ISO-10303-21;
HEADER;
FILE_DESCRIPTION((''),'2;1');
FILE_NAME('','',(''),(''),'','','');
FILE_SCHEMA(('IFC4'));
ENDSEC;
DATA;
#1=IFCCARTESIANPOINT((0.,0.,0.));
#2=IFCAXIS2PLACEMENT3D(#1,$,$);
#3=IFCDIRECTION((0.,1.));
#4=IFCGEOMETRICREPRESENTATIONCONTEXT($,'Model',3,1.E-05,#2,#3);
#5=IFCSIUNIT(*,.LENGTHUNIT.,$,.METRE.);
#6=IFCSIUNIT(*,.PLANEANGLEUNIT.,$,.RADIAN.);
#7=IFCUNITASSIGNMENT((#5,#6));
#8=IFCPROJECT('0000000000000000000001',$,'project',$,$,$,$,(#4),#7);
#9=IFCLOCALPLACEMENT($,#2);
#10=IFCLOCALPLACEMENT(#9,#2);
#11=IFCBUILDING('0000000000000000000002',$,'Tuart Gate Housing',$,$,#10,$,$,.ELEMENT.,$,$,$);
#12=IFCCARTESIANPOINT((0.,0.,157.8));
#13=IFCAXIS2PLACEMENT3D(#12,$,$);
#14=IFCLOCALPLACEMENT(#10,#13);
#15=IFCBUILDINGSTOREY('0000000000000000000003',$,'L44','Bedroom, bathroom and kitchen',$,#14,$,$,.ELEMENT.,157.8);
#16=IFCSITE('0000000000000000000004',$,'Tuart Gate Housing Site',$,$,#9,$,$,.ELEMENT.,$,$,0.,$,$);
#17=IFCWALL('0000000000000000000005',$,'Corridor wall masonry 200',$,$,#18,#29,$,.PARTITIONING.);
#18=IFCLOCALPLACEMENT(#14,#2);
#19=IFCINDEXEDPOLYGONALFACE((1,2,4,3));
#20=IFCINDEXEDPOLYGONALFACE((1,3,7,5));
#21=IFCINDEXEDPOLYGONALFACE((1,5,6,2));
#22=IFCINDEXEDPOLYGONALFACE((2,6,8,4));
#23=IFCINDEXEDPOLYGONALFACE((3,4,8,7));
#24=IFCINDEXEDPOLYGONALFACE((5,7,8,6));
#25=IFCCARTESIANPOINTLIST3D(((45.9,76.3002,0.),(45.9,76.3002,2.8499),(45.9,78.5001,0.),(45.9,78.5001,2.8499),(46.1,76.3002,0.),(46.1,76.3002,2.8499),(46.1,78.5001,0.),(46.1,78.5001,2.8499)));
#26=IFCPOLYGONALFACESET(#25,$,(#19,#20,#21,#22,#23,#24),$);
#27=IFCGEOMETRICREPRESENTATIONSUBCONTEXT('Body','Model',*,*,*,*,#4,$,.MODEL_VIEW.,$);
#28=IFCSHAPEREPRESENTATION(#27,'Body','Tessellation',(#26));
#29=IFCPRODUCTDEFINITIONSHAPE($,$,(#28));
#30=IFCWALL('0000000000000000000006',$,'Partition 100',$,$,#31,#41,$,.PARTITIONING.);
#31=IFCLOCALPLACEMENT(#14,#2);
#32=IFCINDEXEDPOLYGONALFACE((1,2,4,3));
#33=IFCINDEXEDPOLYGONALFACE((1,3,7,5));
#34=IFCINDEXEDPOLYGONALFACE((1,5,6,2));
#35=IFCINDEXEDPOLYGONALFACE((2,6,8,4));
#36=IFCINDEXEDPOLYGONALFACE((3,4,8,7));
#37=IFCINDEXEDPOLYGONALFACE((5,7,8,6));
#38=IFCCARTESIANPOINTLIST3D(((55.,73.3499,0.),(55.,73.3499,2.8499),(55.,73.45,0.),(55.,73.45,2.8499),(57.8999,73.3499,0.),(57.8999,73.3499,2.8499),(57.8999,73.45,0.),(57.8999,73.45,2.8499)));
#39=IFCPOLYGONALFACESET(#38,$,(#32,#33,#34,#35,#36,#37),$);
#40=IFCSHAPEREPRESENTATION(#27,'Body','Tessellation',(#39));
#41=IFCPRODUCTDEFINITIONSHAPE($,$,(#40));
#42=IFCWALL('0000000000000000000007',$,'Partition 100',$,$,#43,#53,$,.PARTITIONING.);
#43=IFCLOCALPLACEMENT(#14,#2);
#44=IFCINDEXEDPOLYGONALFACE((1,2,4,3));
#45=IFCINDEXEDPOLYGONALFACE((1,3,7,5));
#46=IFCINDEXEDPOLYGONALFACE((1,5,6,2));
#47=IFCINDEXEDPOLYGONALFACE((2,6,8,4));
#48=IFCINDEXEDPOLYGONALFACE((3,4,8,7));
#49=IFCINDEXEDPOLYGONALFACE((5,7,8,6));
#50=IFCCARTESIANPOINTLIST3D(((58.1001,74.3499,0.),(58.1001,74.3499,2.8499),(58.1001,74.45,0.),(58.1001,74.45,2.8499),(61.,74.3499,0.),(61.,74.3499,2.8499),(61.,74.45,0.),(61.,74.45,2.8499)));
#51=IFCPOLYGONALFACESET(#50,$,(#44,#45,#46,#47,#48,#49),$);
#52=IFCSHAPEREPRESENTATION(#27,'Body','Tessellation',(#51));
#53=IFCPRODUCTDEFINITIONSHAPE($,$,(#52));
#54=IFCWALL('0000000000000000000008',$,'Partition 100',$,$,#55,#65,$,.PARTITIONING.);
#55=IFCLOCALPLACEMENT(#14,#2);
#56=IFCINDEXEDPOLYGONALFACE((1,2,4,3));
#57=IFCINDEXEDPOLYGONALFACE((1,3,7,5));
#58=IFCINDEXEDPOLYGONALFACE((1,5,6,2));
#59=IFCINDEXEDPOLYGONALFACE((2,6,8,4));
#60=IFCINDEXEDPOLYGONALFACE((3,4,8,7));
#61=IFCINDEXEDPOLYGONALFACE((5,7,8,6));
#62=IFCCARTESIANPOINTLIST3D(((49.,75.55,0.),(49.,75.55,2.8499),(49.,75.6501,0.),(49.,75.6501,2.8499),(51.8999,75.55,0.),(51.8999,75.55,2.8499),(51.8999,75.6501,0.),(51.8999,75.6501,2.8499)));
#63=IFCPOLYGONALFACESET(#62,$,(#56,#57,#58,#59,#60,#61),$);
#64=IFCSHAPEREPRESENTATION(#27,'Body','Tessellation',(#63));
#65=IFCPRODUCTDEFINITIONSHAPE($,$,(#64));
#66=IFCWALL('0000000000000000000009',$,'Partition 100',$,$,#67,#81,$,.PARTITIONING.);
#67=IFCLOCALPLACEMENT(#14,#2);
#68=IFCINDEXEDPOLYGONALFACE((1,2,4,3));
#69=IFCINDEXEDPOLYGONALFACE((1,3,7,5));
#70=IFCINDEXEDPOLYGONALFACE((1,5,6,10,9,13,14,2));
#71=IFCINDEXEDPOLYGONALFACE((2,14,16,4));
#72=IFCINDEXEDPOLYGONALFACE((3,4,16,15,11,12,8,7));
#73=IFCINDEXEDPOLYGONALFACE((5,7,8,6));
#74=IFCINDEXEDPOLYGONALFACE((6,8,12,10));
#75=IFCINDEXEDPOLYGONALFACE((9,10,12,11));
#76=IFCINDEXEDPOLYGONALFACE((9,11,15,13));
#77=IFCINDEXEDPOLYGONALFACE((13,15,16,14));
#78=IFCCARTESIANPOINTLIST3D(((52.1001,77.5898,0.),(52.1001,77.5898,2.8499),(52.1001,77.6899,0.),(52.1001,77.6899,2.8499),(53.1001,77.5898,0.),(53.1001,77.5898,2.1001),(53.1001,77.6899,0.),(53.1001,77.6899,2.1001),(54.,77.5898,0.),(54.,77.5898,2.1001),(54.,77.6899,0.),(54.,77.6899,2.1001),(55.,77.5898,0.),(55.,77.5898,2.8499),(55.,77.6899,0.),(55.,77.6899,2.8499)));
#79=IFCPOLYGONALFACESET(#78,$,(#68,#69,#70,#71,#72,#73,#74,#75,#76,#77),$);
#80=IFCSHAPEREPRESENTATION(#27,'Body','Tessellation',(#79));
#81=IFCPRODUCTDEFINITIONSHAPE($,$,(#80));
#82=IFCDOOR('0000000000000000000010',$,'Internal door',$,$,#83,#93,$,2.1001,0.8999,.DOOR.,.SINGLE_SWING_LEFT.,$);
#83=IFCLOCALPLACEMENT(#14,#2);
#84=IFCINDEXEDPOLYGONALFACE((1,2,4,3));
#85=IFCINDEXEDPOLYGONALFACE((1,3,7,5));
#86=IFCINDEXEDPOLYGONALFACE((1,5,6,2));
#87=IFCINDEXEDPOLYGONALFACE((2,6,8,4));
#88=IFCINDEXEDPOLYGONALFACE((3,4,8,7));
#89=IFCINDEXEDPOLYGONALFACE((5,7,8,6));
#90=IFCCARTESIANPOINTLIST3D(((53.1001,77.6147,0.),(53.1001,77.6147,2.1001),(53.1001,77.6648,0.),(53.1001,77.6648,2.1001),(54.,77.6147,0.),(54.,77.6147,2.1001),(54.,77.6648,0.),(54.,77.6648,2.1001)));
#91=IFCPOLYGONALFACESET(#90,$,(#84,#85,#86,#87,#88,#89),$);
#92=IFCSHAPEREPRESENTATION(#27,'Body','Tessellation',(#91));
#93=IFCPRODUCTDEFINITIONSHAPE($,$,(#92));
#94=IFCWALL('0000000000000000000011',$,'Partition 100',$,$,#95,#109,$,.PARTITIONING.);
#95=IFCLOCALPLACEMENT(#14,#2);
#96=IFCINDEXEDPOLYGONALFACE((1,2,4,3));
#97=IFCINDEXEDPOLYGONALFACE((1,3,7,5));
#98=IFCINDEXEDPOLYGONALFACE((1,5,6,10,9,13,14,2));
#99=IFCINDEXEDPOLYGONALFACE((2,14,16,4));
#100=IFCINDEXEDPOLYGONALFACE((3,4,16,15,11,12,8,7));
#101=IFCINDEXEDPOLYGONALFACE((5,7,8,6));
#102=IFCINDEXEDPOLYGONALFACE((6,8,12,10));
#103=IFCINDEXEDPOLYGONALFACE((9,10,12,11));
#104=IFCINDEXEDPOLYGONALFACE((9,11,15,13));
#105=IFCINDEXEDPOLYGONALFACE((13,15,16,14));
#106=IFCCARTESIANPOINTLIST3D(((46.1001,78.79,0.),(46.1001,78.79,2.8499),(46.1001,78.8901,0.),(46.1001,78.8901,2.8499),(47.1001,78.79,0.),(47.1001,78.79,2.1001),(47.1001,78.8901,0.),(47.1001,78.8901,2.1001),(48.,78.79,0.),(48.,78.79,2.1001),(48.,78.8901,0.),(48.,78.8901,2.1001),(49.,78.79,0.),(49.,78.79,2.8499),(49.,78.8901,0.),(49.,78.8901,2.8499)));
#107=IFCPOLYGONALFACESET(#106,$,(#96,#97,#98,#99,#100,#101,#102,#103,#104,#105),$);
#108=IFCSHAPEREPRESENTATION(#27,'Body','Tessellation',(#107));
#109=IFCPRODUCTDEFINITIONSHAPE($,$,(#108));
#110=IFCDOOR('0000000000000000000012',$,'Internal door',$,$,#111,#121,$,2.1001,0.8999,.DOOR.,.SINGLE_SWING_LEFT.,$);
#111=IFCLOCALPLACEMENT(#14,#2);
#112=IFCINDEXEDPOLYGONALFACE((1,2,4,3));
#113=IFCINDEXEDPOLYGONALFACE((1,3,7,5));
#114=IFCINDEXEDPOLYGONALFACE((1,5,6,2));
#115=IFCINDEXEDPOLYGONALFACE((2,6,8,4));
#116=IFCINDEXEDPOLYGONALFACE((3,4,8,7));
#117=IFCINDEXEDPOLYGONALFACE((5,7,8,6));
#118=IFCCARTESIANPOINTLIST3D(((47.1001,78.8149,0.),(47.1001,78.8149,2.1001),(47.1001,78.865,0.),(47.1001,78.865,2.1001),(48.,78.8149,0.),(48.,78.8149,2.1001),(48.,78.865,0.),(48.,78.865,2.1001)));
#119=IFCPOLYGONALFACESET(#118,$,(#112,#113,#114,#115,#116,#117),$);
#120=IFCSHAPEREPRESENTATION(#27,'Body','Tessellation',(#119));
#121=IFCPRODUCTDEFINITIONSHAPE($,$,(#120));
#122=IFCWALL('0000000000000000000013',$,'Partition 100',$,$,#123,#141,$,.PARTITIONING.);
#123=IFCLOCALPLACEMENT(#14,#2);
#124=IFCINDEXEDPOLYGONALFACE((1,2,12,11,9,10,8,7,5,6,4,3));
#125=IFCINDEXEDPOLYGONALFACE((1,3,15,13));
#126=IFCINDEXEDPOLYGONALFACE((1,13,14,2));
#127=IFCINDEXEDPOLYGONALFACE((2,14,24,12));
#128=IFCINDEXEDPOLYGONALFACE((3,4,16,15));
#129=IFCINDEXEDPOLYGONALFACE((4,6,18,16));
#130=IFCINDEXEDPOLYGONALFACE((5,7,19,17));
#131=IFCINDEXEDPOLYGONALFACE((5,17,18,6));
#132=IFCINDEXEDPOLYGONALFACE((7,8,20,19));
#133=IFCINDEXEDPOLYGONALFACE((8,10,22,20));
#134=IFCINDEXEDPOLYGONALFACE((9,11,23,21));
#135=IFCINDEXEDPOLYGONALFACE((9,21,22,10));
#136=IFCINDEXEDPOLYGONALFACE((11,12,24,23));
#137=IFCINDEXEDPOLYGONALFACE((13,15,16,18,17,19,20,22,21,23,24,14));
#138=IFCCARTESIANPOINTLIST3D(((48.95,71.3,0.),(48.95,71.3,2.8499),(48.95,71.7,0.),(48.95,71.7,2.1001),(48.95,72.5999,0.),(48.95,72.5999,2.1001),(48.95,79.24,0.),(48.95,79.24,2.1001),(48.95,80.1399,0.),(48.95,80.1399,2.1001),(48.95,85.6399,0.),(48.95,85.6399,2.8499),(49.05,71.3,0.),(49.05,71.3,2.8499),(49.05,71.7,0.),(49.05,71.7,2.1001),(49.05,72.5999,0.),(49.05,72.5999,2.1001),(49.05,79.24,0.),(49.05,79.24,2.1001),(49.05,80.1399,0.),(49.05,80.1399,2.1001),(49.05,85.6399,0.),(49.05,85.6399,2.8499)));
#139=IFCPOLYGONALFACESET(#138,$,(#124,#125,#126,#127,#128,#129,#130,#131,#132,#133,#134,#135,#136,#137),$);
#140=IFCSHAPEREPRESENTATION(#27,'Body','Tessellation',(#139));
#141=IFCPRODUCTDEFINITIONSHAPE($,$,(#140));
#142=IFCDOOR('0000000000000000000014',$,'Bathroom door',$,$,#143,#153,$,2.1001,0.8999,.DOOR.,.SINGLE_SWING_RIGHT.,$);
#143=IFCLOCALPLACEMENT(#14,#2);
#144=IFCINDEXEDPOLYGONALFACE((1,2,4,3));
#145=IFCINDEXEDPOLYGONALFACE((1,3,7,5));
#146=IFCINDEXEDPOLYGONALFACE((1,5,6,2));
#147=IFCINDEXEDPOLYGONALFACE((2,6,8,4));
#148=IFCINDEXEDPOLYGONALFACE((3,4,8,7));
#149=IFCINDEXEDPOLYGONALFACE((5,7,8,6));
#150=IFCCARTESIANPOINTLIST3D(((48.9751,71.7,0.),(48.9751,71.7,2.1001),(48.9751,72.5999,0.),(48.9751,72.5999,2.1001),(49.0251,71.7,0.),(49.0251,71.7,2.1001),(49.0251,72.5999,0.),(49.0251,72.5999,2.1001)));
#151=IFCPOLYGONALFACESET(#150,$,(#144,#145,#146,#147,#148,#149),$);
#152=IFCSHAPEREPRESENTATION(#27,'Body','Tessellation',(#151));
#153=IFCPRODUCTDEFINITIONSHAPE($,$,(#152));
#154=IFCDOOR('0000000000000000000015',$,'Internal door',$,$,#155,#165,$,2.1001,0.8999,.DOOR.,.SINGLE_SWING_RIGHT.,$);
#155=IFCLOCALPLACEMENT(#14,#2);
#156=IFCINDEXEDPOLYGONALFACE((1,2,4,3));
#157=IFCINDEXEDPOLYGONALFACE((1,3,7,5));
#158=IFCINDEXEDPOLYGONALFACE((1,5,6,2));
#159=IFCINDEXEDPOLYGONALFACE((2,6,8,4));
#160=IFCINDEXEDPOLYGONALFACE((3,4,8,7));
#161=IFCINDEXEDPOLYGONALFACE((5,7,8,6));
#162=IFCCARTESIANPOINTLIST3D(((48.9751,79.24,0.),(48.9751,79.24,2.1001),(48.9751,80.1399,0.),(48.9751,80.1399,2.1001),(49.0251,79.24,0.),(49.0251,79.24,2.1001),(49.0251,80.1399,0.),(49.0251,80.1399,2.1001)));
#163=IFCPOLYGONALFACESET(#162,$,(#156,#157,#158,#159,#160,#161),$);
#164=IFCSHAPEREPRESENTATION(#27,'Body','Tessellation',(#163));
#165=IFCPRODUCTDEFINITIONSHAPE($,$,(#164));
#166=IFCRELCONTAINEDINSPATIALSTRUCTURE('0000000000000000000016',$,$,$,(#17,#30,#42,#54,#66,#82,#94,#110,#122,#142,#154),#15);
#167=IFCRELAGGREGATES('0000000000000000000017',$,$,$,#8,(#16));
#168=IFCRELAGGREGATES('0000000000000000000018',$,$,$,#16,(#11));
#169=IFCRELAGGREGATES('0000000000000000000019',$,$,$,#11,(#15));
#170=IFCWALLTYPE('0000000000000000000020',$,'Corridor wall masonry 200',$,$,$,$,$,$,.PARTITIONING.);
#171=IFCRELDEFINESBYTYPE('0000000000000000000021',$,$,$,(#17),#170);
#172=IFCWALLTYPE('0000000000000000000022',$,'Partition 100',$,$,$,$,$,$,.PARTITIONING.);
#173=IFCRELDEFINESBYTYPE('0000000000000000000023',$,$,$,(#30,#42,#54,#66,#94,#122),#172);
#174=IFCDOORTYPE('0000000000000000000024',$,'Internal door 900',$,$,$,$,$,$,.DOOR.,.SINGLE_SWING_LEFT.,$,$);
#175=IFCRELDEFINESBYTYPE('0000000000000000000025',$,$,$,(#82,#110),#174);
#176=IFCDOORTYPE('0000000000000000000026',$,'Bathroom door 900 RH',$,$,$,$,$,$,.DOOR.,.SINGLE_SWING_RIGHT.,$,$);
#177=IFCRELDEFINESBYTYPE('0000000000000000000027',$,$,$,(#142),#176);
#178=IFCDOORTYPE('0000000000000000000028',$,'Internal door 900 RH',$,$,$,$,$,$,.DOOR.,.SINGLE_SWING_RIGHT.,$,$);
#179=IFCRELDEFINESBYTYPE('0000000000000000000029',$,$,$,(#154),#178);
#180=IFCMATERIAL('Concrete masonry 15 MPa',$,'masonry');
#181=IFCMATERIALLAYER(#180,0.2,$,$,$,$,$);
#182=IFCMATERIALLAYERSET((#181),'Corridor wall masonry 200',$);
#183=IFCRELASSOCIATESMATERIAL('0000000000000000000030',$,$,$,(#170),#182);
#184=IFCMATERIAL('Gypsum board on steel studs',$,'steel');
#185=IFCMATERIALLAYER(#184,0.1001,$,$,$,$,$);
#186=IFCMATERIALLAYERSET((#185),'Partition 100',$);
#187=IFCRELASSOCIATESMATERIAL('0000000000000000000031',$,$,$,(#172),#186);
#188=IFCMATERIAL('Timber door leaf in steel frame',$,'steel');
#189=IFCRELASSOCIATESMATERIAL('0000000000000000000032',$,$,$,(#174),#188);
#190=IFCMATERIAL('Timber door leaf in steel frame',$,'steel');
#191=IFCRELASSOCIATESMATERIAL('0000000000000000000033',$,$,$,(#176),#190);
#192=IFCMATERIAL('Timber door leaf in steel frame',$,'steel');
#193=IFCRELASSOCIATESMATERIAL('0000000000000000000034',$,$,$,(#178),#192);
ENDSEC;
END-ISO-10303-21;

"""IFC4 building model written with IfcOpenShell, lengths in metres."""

from ifc_helpers import new_model, si_unit, direction, frame, frame_2d, origin, place, context, subcontext, project, spatial, rectangle, extrude, material, layer, layer_set, type_object, element, fill, save


model = new_model("IFC4")

# Units and contexts
model_context = context("Model", 3, precision=1e-05, world=origin(), true_north=direction((0.0, 1.0)))
body_context = subcontext(model_context, "Body", "Model", "MODEL_VIEW")
ifc_project = project(units=[si_unit("LENGTHUNIT", "METRE"), si_unit("PLANEANGLEUNIT", "RADIAN")], contexts=[model_context])

# Site, building, storey
site_placement = place(None, origin())
site = spatial("IfcSite", under=ifc_project, at=site_placement, Name="Tuart Gate Housing Site", CompositionType="ELEMENT", RefElevation=0.0)
building_placement = place(site_placement, origin())
building = spatial("IfcBuilding", under=site, at=building_placement, Name="Tuart Gate Housing", CompositionType="ELEMENT")
storey_placement = place(building_placement, frame((0.0, 0.0, 157.8)))
storey = spatial("IfcBuildingStorey", under=building, at=storey_placement, Name="L44", Description="Bedroom, bathroom and kitchen", CompositionType="ELEMENT", Elevation=157.8)

# Walls
ifc_material_1 = material(Name="Concrete masonry 15 MPa", Category="masonry")
ifc_layer_1 = layer(ifc_material_1, 0.2)
ifc_layer_set_1 = layer_set([ifc_layer_1], Name="Corridor wall masonry 200")
wall_type_1 = type_object("IfcWallType", Name="Corridor wall masonry 200", PredefinedType="PARTITIONING", material=ifc_layer_set_1)
wall_1_placement = place(storey_placement, frame((46.0, 76.3, 0.0), z_axis=(0.0, 0.0, 1.0), x_axis=(0.0, 1.0, 0.0)))
element("IfcWall", 1, at=wall_1_placement, inside=storey, type_object=wall_type_1, Name="Corridor wall masonry 200", PredefinedType="PARTITIONING", context=body_context, shape_type="SweptSolid", body=[
    extrude(rectangle(XDim=2.2, YDim=0.2, at=frame_2d((1.1001, 0.0))), origin(), (0.0, 0.0, 1.0), 2.8499),
])
ifc_material_2 = material(Name="Gypsum board on steel studs", Category="steel")
ifc_layer_2 = layer(ifc_material_2, 0.1001)
ifc_layer_set_2 = layer_set([ifc_layer_2], Name="Partition 100")
wall_type_2 = type_object("IfcWallType", Name="Partition 100", PredefinedType="PARTITIONING", material=ifc_layer_set_2)
for number, where, z_axis, x_axis, name in (
    (2, (55.0, 73.3999, 0.0), (0.0, 0.0, 1.0), (1.0, 0.0, 0.0), "Partition 100"),
    (3, (58.1001, 74.3999, 0.0), (0.0, 0.0, 1.0), (1.0, 0.0, 0.0), "Partition 100"),
    (4, (49.0, 75.6001, 0.0), (0.0, 0.0, 1.0), (1.0, 0.0, 0.0), "Partition 100"),
):
    element("IfcWall", number, at=place(storey_placement, frame(where, z_axis=z_axis, x_axis=x_axis)), inside=storey, type_object=wall_type_2, Name=name, PredefinedType="PARTITIONING", context=body_context, shape_type="SweptSolid", body=[
        extrude(rectangle(XDim=2.8999, YDim=0.1001, at=frame_2d((1.45, 0.0))), origin(), (0.0, 0.0, 1.0), 2.8499),
    ])

# Walls, openings, doors
wall_2_placement = place(storey_placement, frame((52.1001, 77.6399, 0.0), z_axis=(0.0, 0.0, 1.0), x_axis=(1.0, 0.0, 0.0)))
wall_2 = element("IfcWall", 5, at=wall_2_placement, inside=storey, type_object=wall_type_2, Name="Partition 100", PredefinedType="PARTITIONING", context=body_context, shape_type="SweptSolid", body=[
    extrude(rectangle(XDim=2.8999, YDim=0.1001, at=frame_2d((1.45, 0.0))), origin(), (0.0, 0.0, 1.0), 2.8499),
])
opening_1_placement = place(wall_2_placement, frame((1.0, 0.0, 0.0)))
opening_1 = element("IfcOpeningElement", 6, at=opening_1_placement, cuts=wall_2, PredefinedType="OPENING", context=body_context, shape_type="SweptSolid", body=[
    extrude(rectangle(XDim=0.8999, YDim=2.1001, at=frame_2d((0.45, 1.05))), frame((0.0, 0.0601, 0.0), z_axis=(0.0, -1.0, 0.0), x_axis=(1.0, 0.0, 0.0)), (0.0, 0.0, 1.0), 0.1201),
])
ifc_material_3 = material(Name="Timber door leaf in steel frame", Category="steel")
door_type_1 = type_object("IfcDoorType", Name="Internal door 900", OperationType="SINGLE_SWING_LEFT", PredefinedType="DOOR", material=ifc_material_3)
door_1_placement = place(opening_1_placement, frame((0.8999, 0.0, 0.0), z_axis=(0.0, 0.0, 1.0), x_axis=(-1.0, 0.0, 0.0)))
door_1 = element("IfcDoor", 7, at=door_1_placement, inside=storey, type_object=door_type_1, Name="Internal door", OperationType="SINGLE_SWING_LEFT", OverallHeight=2.1001, OverallWidth=0.8999, PredefinedType="DOOR", context=body_context, shape_type="SweptSolid", body=[
    extrude(rectangle(XDim=0.8999, YDim=2.1001, at=frame_2d((0.45, 1.05))), frame((0.0, 0.0251, 0.0), z_axis=(0.0, -1.0, 0.0), x_axis=(1.0, 0.0, 0.0)), (0.0, 0.0, 1.0), 0.05),
])
fill(opening_1, door_1)
wall_3_placement = place(storey_placement, frame((46.1001, 78.8401, 0.0), z_axis=(0.0, 0.0, 1.0), x_axis=(1.0, 0.0, 0.0)))
wall_3 = element("IfcWall", 8, at=wall_3_placement, inside=storey, type_object=wall_type_2, Name="Partition 100", PredefinedType="PARTITIONING", context=body_context, shape_type="SweptSolid", body=[
    extrude(rectangle(XDim=2.8999, YDim=0.1001, at=frame_2d((1.45, 0.0))), origin(), (0.0, 0.0, 1.0), 2.8499),
])
opening_2_placement = place(wall_3_placement, frame((1.0, 0.0, 0.0)))
opening_2 = element("IfcOpeningElement", 9, at=opening_2_placement, cuts=wall_3, PredefinedType="OPENING", context=body_context, shape_type="SweptSolid", body=[
    extrude(rectangle(XDim=0.8999, YDim=2.1001, at=frame_2d((0.45, 1.05))), frame((0.0, 0.0601, 0.0), z_axis=(0.0, -1.0, 0.0), x_axis=(1.0, 0.0, 0.0)), (0.0, 0.0, 1.0), 0.1201),
])
door_2_placement = place(opening_2_placement, frame((0.8999, 0.0, 0.0), z_axis=(0.0, 0.0, 1.0), x_axis=(-1.0, 0.0, 0.0)))
door_2 = element("IfcDoor", 10, at=door_2_placement, inside=storey, type_object=door_type_1, Name="Internal door", OperationType="SINGLE_SWING_LEFT", OverallHeight=2.1001, OverallWidth=0.8999, PredefinedType="DOOR", context=body_context, shape_type="SweptSolid", body=[
    extrude(rectangle(XDim=0.8999, YDim=2.1001, at=frame_2d((0.45, 1.05))), frame((0.0, 0.0251, 0.0), z_axis=(0.0, -1.0, 0.0), x_axis=(1.0, 0.0, 0.0)), (0.0, 0.0, 1.0), 0.05),
])
fill(opening_2, door_2)

# Wall, openings, doors
wall_4_placement = place(storey_placement, frame((49.0, 71.3, 0.0), z_axis=(0.0, 0.0, 1.0), x_axis=(0.0, 1.0, 0.0)))
wall_4 = element("IfcWall", 11, at=wall_4_placement, inside=storey, type_object=wall_type_2, Name="Partition 100", PredefinedType="PARTITIONING", context=body_context, shape_type="SweptSolid", body=[
    extrude(rectangle(XDim=14.3398, YDim=0.1001, at=frame_2d((7.1699, 0.0))), origin(), (0.0, 0.0, 1.0), 2.8499),
])
opening_3_placement = place(wall_4_placement, frame((7.9399, 0.0, 0.0)))
opening_3 = element("IfcOpeningElement", 12, at=opening_3_placement, cuts=wall_4, PredefinedType="OPENING", context=body_context, shape_type="SweptSolid", body=[
    extrude(rectangle(XDim=0.8999, YDim=2.1001, at=frame_2d((0.45, 1.05))), frame((0.0, 0.0601, 0.0), z_axis=(0.0, -1.0, 0.0), x_axis=(1.0, 0.0, 0.0)), (0.0, 0.0, 1.0), 0.1201),
])
opening_4_placement = place(wall_4_placement, frame((0.3999, 0.0, 0.0)))
opening_4 = element("IfcOpeningElement", 13, at=opening_4_placement, cuts=wall_4, PredefinedType="OPENING", context=body_context, shape_type="SweptSolid", body=[
    extrude(rectangle(XDim=0.8999, YDim=2.1001, at=frame_2d((0.45, 1.05))), frame((0.0, 0.0601, 0.0), z_axis=(0.0, -1.0, 0.0), x_axis=(1.0, 0.0, 0.0)), (0.0, 0.0, 1.0), 0.1201),
])
ifc_material_4 = material(Name="Timber door leaf in steel frame", Category="steel")
door_type_2 = type_object("IfcDoorType", Name="Bathroom door 900 RH", OperationType="SINGLE_SWING_RIGHT", PredefinedType="DOOR", material=ifc_material_4)
door_3_placement = place(opening_4_placement, frame((0.8999, 0.0, 0.0), z_axis=(0.0, 0.0, 1.0), x_axis=(-1.0, 0.0, 0.0)))
door_3 = element("IfcDoor", 14, at=door_3_placement, inside=storey, type_object=door_type_2, Name="Bathroom door", OperationType="SINGLE_SWING_RIGHT", OverallHeight=2.1001, OverallWidth=0.8999, PredefinedType="DOOR", context=body_context, shape_type="SweptSolid", body=[
    extrude(rectangle(XDim=0.8999, YDim=2.1001, at=frame_2d((0.45, 1.05))), frame((0.0, 0.0251, 0.0), z_axis=(0.0, -1.0, 0.0), x_axis=(1.0, 0.0, 0.0)), (0.0, 0.0, 1.0), 0.05),
])
fill(opening_4, door_3)
ifc_material_5 = material(Name="Timber door leaf in steel frame", Category="steel")
door_type_3 = type_object("IfcDoorType", Name="Internal door 900 RH", OperationType="SINGLE_SWING_RIGHT", PredefinedType="DOOR", material=ifc_material_5)
door_4_placement = place(opening_3_placement, frame((0.8999, 0.0, 0.0), z_axis=(0.0, 0.0, 1.0), x_axis=(-1.0, 0.0, 0.0)))
door_4 = element("IfcDoor", 15, at=door_4_placement, inside=storey, type_object=door_type_3, Name="Internal door", OperationType="SINGLE_SWING_RIGHT", OverallHeight=2.1001, OverallWidth=0.8999, PredefinedType="DOOR", context=body_context, shape_type="SweptSolid", body=[
    extrude(rectangle(XDim=0.8999, YDim=2.1001, at=frame_2d((0.45, 1.05))), frame((0.0, 0.0251, 0.0), z_axis=(0.0, -1.0, 0.0), x_axis=(1.0, 0.0, 0.0)), (0.0, 0.0, 1.0), 0.05),
])
fill(opening_3, door_4)

save(model, "model.ifc")
